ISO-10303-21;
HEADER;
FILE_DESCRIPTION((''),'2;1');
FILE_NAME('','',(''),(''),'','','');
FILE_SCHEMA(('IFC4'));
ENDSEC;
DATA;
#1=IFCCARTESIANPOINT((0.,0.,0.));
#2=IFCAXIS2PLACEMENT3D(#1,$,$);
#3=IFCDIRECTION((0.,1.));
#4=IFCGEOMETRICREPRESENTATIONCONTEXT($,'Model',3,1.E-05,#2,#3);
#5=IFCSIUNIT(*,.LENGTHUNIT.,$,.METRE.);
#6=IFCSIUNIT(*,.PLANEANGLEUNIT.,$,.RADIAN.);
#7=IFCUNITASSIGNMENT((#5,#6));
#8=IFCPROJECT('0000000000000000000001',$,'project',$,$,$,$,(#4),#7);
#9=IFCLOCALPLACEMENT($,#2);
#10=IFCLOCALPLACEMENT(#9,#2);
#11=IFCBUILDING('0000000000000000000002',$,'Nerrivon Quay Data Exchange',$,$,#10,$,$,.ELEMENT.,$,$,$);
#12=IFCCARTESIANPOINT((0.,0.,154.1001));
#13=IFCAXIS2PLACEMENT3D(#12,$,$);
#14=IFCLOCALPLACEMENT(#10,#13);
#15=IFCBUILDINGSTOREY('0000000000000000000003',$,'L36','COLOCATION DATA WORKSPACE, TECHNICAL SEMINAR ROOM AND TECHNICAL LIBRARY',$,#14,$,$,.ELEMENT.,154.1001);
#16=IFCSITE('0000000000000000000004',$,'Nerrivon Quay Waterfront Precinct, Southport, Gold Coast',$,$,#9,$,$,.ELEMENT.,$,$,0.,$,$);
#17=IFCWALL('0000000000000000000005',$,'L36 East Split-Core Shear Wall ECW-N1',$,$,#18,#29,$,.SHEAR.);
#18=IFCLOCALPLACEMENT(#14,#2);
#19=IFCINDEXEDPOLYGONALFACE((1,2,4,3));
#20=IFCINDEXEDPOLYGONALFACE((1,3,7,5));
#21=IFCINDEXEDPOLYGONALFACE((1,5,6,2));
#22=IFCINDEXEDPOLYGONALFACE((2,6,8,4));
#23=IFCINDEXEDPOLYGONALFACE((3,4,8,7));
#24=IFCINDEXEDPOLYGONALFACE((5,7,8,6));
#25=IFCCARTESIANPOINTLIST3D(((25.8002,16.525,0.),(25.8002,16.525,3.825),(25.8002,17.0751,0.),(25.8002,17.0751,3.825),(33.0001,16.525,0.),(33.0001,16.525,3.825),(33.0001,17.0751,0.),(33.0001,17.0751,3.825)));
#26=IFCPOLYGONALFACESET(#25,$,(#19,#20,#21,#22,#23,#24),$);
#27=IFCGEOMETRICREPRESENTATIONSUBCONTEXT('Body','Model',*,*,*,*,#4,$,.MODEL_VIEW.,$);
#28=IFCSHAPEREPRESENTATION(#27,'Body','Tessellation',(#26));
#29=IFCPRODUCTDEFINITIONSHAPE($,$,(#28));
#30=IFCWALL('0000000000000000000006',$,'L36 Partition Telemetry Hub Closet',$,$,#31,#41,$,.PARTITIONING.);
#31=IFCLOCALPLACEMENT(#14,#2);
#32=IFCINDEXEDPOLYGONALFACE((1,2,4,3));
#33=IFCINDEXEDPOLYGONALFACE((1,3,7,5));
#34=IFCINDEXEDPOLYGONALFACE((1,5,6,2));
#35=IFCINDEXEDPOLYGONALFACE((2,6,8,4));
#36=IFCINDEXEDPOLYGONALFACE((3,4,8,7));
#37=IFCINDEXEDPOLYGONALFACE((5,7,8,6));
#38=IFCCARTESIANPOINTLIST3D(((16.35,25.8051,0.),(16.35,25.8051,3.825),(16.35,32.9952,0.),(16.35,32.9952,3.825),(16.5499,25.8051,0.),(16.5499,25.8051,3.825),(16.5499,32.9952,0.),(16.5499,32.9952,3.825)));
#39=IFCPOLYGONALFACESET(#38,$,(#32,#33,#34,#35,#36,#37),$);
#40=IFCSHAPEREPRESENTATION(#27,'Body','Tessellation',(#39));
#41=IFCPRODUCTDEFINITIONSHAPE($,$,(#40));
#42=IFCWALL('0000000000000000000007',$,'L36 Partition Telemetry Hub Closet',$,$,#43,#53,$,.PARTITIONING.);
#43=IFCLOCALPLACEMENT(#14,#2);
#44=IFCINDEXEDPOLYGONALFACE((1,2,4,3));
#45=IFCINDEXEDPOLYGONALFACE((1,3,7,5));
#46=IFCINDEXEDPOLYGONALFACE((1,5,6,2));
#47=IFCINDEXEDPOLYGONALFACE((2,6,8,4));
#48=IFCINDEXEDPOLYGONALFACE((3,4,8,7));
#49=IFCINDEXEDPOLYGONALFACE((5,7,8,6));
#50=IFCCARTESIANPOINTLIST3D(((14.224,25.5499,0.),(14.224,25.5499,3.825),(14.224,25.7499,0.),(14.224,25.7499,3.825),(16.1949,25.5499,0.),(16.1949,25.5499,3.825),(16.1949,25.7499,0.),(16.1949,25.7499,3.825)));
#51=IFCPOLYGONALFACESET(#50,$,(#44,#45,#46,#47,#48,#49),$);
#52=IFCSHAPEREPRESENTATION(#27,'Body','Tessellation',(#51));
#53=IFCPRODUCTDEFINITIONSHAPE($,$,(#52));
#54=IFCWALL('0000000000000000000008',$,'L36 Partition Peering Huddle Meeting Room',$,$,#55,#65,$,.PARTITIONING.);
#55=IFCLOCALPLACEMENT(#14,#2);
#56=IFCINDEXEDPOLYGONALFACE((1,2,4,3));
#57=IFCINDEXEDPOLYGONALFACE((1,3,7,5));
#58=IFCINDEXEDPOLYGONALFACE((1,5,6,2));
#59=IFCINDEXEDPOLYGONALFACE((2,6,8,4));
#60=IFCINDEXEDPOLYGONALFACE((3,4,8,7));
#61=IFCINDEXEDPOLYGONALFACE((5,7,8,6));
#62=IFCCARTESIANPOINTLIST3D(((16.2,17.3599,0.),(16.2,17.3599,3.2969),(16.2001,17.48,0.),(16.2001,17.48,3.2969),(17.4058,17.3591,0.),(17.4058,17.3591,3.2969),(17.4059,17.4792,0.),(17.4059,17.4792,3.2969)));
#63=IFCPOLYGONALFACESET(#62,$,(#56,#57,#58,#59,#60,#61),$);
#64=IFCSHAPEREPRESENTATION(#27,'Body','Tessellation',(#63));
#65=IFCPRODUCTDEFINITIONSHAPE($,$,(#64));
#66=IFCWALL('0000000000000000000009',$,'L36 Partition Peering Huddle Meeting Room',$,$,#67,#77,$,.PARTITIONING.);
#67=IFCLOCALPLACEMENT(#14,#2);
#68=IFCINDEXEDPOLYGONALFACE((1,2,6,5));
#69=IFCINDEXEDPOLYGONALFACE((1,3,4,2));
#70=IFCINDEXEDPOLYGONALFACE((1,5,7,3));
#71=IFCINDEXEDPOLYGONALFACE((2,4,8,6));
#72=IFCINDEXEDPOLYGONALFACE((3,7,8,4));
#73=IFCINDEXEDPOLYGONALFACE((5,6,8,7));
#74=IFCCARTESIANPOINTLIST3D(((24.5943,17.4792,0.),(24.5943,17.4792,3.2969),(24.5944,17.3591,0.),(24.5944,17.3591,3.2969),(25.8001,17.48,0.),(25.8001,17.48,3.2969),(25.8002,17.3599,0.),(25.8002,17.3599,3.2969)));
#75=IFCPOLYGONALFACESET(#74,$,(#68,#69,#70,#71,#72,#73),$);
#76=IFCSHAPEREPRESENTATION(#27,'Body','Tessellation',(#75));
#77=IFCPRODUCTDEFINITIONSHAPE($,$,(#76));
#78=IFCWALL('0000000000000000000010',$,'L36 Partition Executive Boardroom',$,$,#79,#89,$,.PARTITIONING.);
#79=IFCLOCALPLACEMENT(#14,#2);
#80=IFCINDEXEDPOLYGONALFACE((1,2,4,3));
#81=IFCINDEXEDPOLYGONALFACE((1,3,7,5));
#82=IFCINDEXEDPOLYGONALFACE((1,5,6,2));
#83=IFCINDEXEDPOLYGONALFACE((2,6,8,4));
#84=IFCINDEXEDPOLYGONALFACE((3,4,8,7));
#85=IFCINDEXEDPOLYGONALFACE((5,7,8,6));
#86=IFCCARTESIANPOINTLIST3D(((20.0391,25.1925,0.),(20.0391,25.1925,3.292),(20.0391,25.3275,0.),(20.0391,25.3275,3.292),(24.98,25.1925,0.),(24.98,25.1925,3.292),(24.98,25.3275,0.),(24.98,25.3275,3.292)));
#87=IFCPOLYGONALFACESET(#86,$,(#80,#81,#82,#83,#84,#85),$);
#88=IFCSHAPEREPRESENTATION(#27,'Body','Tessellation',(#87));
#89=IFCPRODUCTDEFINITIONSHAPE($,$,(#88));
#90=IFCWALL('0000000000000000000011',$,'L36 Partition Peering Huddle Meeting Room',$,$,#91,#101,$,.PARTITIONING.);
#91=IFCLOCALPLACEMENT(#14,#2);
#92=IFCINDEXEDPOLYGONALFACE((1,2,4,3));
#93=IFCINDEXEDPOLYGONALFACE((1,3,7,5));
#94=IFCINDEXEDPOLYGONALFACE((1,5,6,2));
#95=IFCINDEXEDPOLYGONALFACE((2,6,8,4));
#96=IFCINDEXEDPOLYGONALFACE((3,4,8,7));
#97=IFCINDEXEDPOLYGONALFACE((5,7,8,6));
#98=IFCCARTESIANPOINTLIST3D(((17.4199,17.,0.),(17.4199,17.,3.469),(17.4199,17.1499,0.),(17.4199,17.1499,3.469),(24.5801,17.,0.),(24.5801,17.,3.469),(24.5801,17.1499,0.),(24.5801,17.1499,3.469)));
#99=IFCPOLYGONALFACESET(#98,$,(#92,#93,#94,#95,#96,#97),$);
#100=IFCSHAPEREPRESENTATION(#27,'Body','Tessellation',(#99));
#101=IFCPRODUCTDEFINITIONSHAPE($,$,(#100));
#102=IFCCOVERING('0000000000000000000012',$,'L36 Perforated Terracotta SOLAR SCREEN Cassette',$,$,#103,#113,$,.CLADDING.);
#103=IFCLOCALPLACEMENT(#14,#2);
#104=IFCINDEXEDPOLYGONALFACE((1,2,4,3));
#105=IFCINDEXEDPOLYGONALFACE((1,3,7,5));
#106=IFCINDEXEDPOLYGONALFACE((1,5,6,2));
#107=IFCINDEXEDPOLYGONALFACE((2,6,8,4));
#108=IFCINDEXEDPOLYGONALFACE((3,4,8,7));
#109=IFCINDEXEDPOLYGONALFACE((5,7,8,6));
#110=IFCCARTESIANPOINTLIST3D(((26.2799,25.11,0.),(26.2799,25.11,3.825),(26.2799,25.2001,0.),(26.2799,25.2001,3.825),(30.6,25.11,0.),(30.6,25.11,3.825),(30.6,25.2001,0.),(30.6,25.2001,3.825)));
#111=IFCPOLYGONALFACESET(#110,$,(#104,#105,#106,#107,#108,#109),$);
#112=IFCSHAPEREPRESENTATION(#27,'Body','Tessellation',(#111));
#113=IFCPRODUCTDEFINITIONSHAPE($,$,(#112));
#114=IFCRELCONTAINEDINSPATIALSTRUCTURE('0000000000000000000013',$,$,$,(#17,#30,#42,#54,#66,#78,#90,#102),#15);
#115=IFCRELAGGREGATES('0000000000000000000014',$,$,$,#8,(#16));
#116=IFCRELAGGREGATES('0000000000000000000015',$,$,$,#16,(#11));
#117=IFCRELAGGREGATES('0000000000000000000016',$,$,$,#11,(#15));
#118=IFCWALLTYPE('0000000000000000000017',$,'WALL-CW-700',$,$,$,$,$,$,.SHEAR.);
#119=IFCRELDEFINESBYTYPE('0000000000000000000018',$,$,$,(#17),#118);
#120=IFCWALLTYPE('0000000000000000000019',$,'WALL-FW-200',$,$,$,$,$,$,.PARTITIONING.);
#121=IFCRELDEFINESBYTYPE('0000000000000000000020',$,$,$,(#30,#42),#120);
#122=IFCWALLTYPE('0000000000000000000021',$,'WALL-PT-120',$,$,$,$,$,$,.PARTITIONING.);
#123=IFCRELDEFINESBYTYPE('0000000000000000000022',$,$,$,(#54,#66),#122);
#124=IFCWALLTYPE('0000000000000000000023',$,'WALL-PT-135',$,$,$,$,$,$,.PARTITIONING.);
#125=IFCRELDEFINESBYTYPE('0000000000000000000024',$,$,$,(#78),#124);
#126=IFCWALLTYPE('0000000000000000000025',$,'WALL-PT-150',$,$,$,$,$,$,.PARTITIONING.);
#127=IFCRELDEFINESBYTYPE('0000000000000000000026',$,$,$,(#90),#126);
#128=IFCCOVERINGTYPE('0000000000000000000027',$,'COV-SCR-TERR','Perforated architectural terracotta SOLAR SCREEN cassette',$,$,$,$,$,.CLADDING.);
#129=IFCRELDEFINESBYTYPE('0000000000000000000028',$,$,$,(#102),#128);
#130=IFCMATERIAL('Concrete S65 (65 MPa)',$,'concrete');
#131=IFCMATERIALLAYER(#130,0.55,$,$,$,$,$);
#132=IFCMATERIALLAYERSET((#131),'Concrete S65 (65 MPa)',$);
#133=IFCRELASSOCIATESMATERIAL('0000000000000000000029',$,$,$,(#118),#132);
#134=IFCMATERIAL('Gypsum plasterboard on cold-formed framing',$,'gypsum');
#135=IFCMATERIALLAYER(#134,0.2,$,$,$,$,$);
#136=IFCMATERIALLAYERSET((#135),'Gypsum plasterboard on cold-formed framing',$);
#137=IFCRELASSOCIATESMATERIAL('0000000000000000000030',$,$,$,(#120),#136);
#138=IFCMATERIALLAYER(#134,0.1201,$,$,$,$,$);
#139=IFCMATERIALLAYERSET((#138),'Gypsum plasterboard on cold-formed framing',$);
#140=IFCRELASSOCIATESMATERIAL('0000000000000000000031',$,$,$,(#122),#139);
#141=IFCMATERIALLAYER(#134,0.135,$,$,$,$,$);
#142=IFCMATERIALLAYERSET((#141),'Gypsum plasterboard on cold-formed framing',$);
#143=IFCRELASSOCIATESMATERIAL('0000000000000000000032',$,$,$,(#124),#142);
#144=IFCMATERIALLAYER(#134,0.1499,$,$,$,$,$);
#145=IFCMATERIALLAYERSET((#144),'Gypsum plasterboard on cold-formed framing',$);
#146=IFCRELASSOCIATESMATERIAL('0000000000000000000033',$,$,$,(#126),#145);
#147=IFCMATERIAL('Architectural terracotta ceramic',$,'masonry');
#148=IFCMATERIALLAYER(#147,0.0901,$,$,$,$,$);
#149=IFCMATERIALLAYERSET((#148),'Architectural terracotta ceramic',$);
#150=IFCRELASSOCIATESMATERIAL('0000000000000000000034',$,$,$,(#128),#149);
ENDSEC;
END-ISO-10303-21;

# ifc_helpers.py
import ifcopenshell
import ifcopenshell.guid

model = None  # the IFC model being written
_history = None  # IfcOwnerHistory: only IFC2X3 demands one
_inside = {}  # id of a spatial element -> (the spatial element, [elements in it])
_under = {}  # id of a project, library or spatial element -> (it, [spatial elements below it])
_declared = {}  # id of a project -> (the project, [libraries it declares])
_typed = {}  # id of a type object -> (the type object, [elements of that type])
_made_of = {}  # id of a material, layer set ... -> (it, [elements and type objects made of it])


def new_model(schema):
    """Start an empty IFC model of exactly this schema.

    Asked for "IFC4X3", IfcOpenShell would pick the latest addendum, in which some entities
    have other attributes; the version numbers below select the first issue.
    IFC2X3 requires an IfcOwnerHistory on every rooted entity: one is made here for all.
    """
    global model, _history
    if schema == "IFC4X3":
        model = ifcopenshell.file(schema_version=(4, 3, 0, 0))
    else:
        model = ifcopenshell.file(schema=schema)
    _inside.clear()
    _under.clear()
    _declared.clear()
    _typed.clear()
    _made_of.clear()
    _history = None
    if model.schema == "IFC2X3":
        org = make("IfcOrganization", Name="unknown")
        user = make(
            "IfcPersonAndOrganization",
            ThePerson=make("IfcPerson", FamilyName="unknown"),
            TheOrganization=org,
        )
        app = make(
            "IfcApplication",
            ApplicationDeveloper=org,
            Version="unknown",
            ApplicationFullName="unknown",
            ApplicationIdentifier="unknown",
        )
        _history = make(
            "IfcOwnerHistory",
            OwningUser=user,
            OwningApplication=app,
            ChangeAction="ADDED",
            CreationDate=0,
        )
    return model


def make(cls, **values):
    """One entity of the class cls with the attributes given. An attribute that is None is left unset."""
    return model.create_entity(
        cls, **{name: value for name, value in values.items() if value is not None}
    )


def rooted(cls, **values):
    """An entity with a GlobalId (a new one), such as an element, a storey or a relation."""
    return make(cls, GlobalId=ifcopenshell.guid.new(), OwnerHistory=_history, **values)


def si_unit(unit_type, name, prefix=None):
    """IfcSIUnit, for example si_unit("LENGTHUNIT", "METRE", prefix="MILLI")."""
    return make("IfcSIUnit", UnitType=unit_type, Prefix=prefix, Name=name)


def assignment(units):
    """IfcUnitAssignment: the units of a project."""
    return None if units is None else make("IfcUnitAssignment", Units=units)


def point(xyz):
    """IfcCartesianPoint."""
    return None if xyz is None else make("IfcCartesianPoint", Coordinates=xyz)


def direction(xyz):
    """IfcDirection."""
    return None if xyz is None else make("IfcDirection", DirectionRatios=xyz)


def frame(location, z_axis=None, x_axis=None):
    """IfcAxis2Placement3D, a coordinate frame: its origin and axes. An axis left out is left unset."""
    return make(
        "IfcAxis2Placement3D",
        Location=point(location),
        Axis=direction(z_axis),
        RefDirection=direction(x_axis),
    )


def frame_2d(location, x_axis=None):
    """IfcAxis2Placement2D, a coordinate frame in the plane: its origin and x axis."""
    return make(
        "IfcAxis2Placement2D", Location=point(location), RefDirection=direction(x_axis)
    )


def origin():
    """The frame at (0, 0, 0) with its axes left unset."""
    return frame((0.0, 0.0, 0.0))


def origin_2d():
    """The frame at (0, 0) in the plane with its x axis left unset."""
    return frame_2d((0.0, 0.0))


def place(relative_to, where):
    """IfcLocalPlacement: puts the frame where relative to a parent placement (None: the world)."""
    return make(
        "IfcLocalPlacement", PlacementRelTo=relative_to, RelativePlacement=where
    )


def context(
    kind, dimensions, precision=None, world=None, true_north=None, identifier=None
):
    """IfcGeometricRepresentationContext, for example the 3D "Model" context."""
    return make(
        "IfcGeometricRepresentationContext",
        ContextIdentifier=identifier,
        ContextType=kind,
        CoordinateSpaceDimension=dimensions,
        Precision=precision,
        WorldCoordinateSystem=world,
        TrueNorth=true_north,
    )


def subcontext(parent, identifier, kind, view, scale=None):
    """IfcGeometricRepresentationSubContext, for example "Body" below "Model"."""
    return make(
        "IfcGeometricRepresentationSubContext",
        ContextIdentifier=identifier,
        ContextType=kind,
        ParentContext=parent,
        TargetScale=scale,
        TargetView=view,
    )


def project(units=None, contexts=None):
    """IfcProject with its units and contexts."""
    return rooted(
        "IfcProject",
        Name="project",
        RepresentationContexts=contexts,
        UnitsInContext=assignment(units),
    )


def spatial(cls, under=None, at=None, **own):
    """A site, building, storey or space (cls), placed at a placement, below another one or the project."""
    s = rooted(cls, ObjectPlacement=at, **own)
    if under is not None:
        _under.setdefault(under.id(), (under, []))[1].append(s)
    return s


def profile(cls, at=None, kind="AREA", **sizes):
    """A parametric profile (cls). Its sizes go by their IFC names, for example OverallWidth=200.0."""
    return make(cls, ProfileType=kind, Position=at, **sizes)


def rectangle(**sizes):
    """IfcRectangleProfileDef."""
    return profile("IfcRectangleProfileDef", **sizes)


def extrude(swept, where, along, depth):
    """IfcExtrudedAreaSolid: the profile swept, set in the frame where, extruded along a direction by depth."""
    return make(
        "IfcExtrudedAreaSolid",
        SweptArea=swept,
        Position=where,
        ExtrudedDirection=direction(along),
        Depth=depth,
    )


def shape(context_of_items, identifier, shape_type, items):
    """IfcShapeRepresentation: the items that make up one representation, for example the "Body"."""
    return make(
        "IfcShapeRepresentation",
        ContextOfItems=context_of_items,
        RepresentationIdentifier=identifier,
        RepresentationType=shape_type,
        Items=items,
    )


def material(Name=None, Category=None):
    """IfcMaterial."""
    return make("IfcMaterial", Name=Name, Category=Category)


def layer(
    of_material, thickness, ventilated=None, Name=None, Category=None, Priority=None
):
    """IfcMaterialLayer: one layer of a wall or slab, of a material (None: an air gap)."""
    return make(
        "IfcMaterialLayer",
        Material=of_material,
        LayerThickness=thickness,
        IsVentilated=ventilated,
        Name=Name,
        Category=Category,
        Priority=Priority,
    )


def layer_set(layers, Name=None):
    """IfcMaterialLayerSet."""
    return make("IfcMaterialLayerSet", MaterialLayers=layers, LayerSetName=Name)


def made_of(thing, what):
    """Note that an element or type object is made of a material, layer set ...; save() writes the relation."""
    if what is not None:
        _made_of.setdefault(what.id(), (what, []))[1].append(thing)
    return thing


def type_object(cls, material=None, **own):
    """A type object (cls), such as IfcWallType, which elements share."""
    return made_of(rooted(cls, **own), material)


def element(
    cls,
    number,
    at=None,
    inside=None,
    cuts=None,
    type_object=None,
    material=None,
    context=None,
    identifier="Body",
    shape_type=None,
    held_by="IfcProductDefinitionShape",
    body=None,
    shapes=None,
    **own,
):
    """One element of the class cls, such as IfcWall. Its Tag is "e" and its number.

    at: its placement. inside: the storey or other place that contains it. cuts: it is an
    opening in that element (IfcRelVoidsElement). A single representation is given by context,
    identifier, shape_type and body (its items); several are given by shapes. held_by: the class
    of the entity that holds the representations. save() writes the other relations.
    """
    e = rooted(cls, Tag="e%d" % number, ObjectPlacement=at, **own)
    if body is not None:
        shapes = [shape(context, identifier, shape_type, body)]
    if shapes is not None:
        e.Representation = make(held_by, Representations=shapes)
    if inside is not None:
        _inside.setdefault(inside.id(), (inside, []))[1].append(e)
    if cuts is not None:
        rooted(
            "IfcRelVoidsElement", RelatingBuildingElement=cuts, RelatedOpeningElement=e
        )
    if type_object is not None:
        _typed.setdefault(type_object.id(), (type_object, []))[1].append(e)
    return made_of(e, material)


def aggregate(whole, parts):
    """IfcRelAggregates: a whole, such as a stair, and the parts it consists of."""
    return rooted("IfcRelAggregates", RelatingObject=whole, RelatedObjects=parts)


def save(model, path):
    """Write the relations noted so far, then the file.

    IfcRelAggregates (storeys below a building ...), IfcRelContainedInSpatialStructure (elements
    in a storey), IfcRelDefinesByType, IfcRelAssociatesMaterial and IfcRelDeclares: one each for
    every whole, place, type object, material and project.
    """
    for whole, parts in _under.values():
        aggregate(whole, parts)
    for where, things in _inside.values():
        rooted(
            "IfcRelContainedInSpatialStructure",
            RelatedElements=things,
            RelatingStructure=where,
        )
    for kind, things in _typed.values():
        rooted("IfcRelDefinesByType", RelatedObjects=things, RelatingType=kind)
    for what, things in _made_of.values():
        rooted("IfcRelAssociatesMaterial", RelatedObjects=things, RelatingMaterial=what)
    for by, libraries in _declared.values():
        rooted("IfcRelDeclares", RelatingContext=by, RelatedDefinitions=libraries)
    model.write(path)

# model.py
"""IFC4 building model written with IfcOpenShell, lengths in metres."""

from ifc_helpers import new_model, si_unit, direction, frame, frame_2d, origin, origin_2d, place, context, subcontext, project, spatial, rectangle, extrude, material, layer, layer_set, type_object, element, save


model = new_model("IFC4")

# Units and contexts
model_context = context("Model", 3, precision=1e-05, world=origin(), true_north=direction((0.0, 1.0)))
body_context = subcontext(model_context, "Body", "Model", "MODEL_VIEW")
ifc_project = project(units=[si_unit("LENGTHUNIT", "METRE"), si_unit("PLANEANGLEUNIT", "RADIAN")], contexts=[model_context])

# Site, building, storey
site_placement = place(None, origin())
site = spatial("IfcSite", under=ifc_project, at=site_placement, Name="Nerrivon Quay Waterfront Precinct, Southport, Gold Coast", CompositionType="ELEMENT", RefElevation=0.0)
building_placement = place(site_placement, origin())
building = spatial("IfcBuilding", under=site, at=building_placement, Name="Nerrivon Quay Data Exchange", CompositionType="ELEMENT")
storey_placement = place(building_placement, frame((0.0, 0.0, 154.1001)))
storey = spatial("IfcBuildingStorey", under=building, at=storey_placement, Name="L36", Description="COLOCATION DATA WORKSPACE, TECHNICAL SEMINAR ROOM AND TECHNICAL LIBRARY", CompositionType="ELEMENT", Elevation=154.1001)

# Shared definitions
ifc_material_1 = material(Name="Concrete S65 (65 MPa)", Category="concrete")

# Walls
ifc_layer_1 = layer(ifc_material_1, 0.55)
ifc_layer_set_1 = layer_set([ifc_layer_1], Name="Concrete S65 (65 MPa)")
wall_type_1 = type_object("IfcWallType", Name="WALL-CW-700", PredefinedType="SHEAR", material=ifc_layer_set_1)
wall_1_placement = place(storey_placement, frame((25.8, 16.8, 0.0), z_axis=(0.0, 0.0, 1.0), x_axis=(1.0, 0.0, 0.0)))
element("IfcWall", 1, at=wall_1_placement, inside=storey, type_object=wall_type_1, Name="L36 East Split-Core Shear Wall ECW-N1", PredefinedType="SHEAR", context=body_context, shape_type="SweptSolid", body=[
    extrude(rectangle(XDim=7.2, YDim=0.55, at=frame_2d((3.6001, 0.0))), origin(), (0.0, 0.0, 1.0), 3.825),
])
ifc_material_2 = material(Name="Gypsum plasterboard on cold-formed framing", Category="gypsum")
ifc_layer_2 = layer(ifc_material_2, 0.2)
ifc_layer_set_2 = layer_set([ifc_layer_2], Name="Gypsum plasterboard on cold-formed framing")
wall_type_2 = type_object("IfcWallType", Name="WALL-FW-200", PredefinedType="PARTITIONING", material=ifc_layer_set_2)
wall_2_placement = place(storey_placement, frame((16.45, 25.8049, 0.0), z_axis=(0.0, 0.0, 1.0), x_axis=(0.0, 1.0, 0.0)))
element("IfcWall", 2, at=wall_2_placement, inside=storey, type_object=wall_type_2, Name="L36 Partition Telemetry Hub Closet", PredefinedType="PARTITIONING", context=body_context, shape_type="SweptSolid", body=[
    extrude(rectangle(XDim=7.1902, YDim=0.2, at=frame_2d((3.5952, 0.0))), origin(), (0.0, 0.0, 1.0), 3.825),
])
wall_3_placement = place(storey_placement, frame((14.2241, 25.6499, 0.0), z_axis=(0.0, 0.0, 1.0), x_axis=(1.0, 0.0, 0.0)))
element("IfcWall", 3, at=wall_3_placement, inside=storey, type_object=wall_type_2, Name="L36 Partition Telemetry Hub Closet", PredefinedType="PARTITIONING", context=body_context, shape_type="SweptSolid", body=[
    extrude(rectangle(XDim=1.9709, YDim=0.2, at=frame_2d((0.9854, 0.0))), origin(), (0.0, 0.0, 1.0), 3.825),
])
ifc_layer_3 = layer(ifc_material_2, 0.1201)
ifc_layer_set_3 = layer_set([ifc_layer_3], Name="Gypsum plasterboard on cold-formed framing")
wall_type_3 = type_object("IfcWallType", Name="WALL-PT-120", PredefinedType="PARTITIONING", material=ifc_layer_set_3)
for number, where, z_axis, x_axis, name in (
    (4, (16.2, 17.4199, 0.0), (0.0, 0.0, 1.0), (1.0, -0.000607, 0.0), "L36 Partition Peering Huddle Meeting Room"),
    (5, (24.5942, 17.4192, 0.0), (0.0, 0.0, 1.0), (1.0, 0.000607, 0.0), "L36 Partition Peering Huddle Meeting Room"),
):
    element("IfcWall", number, at=place(storey_placement, frame(where, z_axis=z_axis, x_axis=x_axis)), inside=storey, type_object=wall_type_3, Name=name, PredefinedType="PARTITIONING", context=body_context, shape_type="SweptSolid", body=[
        extrude(rectangle(XDim=1.2058, YDim=0.1201, at=frame_2d((0.603, 0.0))), origin(), (0.0, 0.0, 1.0), 3.2969),
    ])
ifc_layer_4 = layer(ifc_material_2, 0.135)
ifc_layer_set_4 = layer_set([ifc_layer_4], Name="Gypsum plasterboard on cold-formed framing")
wall_type_4 = type_object("IfcWallType", Name="WALL-PT-135", PredefinedType="PARTITIONING", material=ifc_layer_set_4)
wall_4_placement = place(storey_placement, frame((20.0391, 25.26, 0.0), z_axis=(0.0, 0.0, 1.0), x_axis=(1.0, 0.0, 0.0)))
element("IfcWall", 6, at=wall_4_placement, inside=storey, type_object=wall_type_4, Name="L36 Partition Executive Boardroom", PredefinedType="PARTITIONING", context=body_context, shape_type="SweptSolid", body=[
    extrude(rectangle(XDim=4.9409, YDim=0.135, at=frame_2d((2.4705, 0.0))), origin(), (0.0, 0.0, 1.0), 3.292),
])
ifc_layer_5 = layer(ifc_material_2, 0.1499)
ifc_layer_set_5 = layer_set([ifc_layer_5], Name="Gypsum plasterboard on cold-formed framing")
wall_type_5 = type_object("IfcWallType", Name="WALL-PT-150", PredefinedType="PARTITIONING", material=ifc_layer_set_5)
wall_5_placement = place(storey_placement, frame((17.4199, 17.075, 0.0), z_axis=(0.0, 0.0, 1.0), x_axis=(1.0, 0.0, 0.0)))
element("IfcWall", 7, at=wall_5_placement, inside=storey, type_object=wall_type_5, Name="L36 Partition Peering Huddle Meeting Room", PredefinedType="PARTITIONING", context=body_context, shape_type="SweptSolid", body=[
    extrude(rectangle(XDim=7.1602, YDim=0.1499, at=frame_2d((3.5801, 0.0))), origin(), (0.0, 0.0, 1.0), 3.469),
])

# Covering
ifc_material_3 = material(Name="Architectural terracotta ceramic", Category="masonry")
ifc_layer_6 = layer(ifc_material_3, 0.0901)
ifc_layer_set_6 = layer_set([ifc_layer_6], Name="Architectural terracotta ceramic")
covering_type = type_object("IfcCoveringType", Name="COV-SCR-TERR", Description="Perforated architectural terracotta SOLAR SCREEN cassette", PredefinedType="CLADDING", material=ifc_layer_set_6)
covering_placement = place(storey_placement, frame((28.4399, 25.155, 0.0), z_axis=(0.0, 0.0, 1.0), x_axis=(1.0, 0.0, 0.0)))
element("IfcCovering", 8, at=covering_placement, inside=storey, type_object=covering_type, Name="L36 Perforated Terracotta SOLAR SCREEN Cassette", PredefinedType="CLADDING", context=body_context, shape_type="SweptSolid", body=[
    extrude(rectangle(XDim=4.3201, YDim=0.0901, at=origin_2d()), origin(), (0.0, 0.0, 1.0), 3.825),
])

save(model, "model.ifc")
